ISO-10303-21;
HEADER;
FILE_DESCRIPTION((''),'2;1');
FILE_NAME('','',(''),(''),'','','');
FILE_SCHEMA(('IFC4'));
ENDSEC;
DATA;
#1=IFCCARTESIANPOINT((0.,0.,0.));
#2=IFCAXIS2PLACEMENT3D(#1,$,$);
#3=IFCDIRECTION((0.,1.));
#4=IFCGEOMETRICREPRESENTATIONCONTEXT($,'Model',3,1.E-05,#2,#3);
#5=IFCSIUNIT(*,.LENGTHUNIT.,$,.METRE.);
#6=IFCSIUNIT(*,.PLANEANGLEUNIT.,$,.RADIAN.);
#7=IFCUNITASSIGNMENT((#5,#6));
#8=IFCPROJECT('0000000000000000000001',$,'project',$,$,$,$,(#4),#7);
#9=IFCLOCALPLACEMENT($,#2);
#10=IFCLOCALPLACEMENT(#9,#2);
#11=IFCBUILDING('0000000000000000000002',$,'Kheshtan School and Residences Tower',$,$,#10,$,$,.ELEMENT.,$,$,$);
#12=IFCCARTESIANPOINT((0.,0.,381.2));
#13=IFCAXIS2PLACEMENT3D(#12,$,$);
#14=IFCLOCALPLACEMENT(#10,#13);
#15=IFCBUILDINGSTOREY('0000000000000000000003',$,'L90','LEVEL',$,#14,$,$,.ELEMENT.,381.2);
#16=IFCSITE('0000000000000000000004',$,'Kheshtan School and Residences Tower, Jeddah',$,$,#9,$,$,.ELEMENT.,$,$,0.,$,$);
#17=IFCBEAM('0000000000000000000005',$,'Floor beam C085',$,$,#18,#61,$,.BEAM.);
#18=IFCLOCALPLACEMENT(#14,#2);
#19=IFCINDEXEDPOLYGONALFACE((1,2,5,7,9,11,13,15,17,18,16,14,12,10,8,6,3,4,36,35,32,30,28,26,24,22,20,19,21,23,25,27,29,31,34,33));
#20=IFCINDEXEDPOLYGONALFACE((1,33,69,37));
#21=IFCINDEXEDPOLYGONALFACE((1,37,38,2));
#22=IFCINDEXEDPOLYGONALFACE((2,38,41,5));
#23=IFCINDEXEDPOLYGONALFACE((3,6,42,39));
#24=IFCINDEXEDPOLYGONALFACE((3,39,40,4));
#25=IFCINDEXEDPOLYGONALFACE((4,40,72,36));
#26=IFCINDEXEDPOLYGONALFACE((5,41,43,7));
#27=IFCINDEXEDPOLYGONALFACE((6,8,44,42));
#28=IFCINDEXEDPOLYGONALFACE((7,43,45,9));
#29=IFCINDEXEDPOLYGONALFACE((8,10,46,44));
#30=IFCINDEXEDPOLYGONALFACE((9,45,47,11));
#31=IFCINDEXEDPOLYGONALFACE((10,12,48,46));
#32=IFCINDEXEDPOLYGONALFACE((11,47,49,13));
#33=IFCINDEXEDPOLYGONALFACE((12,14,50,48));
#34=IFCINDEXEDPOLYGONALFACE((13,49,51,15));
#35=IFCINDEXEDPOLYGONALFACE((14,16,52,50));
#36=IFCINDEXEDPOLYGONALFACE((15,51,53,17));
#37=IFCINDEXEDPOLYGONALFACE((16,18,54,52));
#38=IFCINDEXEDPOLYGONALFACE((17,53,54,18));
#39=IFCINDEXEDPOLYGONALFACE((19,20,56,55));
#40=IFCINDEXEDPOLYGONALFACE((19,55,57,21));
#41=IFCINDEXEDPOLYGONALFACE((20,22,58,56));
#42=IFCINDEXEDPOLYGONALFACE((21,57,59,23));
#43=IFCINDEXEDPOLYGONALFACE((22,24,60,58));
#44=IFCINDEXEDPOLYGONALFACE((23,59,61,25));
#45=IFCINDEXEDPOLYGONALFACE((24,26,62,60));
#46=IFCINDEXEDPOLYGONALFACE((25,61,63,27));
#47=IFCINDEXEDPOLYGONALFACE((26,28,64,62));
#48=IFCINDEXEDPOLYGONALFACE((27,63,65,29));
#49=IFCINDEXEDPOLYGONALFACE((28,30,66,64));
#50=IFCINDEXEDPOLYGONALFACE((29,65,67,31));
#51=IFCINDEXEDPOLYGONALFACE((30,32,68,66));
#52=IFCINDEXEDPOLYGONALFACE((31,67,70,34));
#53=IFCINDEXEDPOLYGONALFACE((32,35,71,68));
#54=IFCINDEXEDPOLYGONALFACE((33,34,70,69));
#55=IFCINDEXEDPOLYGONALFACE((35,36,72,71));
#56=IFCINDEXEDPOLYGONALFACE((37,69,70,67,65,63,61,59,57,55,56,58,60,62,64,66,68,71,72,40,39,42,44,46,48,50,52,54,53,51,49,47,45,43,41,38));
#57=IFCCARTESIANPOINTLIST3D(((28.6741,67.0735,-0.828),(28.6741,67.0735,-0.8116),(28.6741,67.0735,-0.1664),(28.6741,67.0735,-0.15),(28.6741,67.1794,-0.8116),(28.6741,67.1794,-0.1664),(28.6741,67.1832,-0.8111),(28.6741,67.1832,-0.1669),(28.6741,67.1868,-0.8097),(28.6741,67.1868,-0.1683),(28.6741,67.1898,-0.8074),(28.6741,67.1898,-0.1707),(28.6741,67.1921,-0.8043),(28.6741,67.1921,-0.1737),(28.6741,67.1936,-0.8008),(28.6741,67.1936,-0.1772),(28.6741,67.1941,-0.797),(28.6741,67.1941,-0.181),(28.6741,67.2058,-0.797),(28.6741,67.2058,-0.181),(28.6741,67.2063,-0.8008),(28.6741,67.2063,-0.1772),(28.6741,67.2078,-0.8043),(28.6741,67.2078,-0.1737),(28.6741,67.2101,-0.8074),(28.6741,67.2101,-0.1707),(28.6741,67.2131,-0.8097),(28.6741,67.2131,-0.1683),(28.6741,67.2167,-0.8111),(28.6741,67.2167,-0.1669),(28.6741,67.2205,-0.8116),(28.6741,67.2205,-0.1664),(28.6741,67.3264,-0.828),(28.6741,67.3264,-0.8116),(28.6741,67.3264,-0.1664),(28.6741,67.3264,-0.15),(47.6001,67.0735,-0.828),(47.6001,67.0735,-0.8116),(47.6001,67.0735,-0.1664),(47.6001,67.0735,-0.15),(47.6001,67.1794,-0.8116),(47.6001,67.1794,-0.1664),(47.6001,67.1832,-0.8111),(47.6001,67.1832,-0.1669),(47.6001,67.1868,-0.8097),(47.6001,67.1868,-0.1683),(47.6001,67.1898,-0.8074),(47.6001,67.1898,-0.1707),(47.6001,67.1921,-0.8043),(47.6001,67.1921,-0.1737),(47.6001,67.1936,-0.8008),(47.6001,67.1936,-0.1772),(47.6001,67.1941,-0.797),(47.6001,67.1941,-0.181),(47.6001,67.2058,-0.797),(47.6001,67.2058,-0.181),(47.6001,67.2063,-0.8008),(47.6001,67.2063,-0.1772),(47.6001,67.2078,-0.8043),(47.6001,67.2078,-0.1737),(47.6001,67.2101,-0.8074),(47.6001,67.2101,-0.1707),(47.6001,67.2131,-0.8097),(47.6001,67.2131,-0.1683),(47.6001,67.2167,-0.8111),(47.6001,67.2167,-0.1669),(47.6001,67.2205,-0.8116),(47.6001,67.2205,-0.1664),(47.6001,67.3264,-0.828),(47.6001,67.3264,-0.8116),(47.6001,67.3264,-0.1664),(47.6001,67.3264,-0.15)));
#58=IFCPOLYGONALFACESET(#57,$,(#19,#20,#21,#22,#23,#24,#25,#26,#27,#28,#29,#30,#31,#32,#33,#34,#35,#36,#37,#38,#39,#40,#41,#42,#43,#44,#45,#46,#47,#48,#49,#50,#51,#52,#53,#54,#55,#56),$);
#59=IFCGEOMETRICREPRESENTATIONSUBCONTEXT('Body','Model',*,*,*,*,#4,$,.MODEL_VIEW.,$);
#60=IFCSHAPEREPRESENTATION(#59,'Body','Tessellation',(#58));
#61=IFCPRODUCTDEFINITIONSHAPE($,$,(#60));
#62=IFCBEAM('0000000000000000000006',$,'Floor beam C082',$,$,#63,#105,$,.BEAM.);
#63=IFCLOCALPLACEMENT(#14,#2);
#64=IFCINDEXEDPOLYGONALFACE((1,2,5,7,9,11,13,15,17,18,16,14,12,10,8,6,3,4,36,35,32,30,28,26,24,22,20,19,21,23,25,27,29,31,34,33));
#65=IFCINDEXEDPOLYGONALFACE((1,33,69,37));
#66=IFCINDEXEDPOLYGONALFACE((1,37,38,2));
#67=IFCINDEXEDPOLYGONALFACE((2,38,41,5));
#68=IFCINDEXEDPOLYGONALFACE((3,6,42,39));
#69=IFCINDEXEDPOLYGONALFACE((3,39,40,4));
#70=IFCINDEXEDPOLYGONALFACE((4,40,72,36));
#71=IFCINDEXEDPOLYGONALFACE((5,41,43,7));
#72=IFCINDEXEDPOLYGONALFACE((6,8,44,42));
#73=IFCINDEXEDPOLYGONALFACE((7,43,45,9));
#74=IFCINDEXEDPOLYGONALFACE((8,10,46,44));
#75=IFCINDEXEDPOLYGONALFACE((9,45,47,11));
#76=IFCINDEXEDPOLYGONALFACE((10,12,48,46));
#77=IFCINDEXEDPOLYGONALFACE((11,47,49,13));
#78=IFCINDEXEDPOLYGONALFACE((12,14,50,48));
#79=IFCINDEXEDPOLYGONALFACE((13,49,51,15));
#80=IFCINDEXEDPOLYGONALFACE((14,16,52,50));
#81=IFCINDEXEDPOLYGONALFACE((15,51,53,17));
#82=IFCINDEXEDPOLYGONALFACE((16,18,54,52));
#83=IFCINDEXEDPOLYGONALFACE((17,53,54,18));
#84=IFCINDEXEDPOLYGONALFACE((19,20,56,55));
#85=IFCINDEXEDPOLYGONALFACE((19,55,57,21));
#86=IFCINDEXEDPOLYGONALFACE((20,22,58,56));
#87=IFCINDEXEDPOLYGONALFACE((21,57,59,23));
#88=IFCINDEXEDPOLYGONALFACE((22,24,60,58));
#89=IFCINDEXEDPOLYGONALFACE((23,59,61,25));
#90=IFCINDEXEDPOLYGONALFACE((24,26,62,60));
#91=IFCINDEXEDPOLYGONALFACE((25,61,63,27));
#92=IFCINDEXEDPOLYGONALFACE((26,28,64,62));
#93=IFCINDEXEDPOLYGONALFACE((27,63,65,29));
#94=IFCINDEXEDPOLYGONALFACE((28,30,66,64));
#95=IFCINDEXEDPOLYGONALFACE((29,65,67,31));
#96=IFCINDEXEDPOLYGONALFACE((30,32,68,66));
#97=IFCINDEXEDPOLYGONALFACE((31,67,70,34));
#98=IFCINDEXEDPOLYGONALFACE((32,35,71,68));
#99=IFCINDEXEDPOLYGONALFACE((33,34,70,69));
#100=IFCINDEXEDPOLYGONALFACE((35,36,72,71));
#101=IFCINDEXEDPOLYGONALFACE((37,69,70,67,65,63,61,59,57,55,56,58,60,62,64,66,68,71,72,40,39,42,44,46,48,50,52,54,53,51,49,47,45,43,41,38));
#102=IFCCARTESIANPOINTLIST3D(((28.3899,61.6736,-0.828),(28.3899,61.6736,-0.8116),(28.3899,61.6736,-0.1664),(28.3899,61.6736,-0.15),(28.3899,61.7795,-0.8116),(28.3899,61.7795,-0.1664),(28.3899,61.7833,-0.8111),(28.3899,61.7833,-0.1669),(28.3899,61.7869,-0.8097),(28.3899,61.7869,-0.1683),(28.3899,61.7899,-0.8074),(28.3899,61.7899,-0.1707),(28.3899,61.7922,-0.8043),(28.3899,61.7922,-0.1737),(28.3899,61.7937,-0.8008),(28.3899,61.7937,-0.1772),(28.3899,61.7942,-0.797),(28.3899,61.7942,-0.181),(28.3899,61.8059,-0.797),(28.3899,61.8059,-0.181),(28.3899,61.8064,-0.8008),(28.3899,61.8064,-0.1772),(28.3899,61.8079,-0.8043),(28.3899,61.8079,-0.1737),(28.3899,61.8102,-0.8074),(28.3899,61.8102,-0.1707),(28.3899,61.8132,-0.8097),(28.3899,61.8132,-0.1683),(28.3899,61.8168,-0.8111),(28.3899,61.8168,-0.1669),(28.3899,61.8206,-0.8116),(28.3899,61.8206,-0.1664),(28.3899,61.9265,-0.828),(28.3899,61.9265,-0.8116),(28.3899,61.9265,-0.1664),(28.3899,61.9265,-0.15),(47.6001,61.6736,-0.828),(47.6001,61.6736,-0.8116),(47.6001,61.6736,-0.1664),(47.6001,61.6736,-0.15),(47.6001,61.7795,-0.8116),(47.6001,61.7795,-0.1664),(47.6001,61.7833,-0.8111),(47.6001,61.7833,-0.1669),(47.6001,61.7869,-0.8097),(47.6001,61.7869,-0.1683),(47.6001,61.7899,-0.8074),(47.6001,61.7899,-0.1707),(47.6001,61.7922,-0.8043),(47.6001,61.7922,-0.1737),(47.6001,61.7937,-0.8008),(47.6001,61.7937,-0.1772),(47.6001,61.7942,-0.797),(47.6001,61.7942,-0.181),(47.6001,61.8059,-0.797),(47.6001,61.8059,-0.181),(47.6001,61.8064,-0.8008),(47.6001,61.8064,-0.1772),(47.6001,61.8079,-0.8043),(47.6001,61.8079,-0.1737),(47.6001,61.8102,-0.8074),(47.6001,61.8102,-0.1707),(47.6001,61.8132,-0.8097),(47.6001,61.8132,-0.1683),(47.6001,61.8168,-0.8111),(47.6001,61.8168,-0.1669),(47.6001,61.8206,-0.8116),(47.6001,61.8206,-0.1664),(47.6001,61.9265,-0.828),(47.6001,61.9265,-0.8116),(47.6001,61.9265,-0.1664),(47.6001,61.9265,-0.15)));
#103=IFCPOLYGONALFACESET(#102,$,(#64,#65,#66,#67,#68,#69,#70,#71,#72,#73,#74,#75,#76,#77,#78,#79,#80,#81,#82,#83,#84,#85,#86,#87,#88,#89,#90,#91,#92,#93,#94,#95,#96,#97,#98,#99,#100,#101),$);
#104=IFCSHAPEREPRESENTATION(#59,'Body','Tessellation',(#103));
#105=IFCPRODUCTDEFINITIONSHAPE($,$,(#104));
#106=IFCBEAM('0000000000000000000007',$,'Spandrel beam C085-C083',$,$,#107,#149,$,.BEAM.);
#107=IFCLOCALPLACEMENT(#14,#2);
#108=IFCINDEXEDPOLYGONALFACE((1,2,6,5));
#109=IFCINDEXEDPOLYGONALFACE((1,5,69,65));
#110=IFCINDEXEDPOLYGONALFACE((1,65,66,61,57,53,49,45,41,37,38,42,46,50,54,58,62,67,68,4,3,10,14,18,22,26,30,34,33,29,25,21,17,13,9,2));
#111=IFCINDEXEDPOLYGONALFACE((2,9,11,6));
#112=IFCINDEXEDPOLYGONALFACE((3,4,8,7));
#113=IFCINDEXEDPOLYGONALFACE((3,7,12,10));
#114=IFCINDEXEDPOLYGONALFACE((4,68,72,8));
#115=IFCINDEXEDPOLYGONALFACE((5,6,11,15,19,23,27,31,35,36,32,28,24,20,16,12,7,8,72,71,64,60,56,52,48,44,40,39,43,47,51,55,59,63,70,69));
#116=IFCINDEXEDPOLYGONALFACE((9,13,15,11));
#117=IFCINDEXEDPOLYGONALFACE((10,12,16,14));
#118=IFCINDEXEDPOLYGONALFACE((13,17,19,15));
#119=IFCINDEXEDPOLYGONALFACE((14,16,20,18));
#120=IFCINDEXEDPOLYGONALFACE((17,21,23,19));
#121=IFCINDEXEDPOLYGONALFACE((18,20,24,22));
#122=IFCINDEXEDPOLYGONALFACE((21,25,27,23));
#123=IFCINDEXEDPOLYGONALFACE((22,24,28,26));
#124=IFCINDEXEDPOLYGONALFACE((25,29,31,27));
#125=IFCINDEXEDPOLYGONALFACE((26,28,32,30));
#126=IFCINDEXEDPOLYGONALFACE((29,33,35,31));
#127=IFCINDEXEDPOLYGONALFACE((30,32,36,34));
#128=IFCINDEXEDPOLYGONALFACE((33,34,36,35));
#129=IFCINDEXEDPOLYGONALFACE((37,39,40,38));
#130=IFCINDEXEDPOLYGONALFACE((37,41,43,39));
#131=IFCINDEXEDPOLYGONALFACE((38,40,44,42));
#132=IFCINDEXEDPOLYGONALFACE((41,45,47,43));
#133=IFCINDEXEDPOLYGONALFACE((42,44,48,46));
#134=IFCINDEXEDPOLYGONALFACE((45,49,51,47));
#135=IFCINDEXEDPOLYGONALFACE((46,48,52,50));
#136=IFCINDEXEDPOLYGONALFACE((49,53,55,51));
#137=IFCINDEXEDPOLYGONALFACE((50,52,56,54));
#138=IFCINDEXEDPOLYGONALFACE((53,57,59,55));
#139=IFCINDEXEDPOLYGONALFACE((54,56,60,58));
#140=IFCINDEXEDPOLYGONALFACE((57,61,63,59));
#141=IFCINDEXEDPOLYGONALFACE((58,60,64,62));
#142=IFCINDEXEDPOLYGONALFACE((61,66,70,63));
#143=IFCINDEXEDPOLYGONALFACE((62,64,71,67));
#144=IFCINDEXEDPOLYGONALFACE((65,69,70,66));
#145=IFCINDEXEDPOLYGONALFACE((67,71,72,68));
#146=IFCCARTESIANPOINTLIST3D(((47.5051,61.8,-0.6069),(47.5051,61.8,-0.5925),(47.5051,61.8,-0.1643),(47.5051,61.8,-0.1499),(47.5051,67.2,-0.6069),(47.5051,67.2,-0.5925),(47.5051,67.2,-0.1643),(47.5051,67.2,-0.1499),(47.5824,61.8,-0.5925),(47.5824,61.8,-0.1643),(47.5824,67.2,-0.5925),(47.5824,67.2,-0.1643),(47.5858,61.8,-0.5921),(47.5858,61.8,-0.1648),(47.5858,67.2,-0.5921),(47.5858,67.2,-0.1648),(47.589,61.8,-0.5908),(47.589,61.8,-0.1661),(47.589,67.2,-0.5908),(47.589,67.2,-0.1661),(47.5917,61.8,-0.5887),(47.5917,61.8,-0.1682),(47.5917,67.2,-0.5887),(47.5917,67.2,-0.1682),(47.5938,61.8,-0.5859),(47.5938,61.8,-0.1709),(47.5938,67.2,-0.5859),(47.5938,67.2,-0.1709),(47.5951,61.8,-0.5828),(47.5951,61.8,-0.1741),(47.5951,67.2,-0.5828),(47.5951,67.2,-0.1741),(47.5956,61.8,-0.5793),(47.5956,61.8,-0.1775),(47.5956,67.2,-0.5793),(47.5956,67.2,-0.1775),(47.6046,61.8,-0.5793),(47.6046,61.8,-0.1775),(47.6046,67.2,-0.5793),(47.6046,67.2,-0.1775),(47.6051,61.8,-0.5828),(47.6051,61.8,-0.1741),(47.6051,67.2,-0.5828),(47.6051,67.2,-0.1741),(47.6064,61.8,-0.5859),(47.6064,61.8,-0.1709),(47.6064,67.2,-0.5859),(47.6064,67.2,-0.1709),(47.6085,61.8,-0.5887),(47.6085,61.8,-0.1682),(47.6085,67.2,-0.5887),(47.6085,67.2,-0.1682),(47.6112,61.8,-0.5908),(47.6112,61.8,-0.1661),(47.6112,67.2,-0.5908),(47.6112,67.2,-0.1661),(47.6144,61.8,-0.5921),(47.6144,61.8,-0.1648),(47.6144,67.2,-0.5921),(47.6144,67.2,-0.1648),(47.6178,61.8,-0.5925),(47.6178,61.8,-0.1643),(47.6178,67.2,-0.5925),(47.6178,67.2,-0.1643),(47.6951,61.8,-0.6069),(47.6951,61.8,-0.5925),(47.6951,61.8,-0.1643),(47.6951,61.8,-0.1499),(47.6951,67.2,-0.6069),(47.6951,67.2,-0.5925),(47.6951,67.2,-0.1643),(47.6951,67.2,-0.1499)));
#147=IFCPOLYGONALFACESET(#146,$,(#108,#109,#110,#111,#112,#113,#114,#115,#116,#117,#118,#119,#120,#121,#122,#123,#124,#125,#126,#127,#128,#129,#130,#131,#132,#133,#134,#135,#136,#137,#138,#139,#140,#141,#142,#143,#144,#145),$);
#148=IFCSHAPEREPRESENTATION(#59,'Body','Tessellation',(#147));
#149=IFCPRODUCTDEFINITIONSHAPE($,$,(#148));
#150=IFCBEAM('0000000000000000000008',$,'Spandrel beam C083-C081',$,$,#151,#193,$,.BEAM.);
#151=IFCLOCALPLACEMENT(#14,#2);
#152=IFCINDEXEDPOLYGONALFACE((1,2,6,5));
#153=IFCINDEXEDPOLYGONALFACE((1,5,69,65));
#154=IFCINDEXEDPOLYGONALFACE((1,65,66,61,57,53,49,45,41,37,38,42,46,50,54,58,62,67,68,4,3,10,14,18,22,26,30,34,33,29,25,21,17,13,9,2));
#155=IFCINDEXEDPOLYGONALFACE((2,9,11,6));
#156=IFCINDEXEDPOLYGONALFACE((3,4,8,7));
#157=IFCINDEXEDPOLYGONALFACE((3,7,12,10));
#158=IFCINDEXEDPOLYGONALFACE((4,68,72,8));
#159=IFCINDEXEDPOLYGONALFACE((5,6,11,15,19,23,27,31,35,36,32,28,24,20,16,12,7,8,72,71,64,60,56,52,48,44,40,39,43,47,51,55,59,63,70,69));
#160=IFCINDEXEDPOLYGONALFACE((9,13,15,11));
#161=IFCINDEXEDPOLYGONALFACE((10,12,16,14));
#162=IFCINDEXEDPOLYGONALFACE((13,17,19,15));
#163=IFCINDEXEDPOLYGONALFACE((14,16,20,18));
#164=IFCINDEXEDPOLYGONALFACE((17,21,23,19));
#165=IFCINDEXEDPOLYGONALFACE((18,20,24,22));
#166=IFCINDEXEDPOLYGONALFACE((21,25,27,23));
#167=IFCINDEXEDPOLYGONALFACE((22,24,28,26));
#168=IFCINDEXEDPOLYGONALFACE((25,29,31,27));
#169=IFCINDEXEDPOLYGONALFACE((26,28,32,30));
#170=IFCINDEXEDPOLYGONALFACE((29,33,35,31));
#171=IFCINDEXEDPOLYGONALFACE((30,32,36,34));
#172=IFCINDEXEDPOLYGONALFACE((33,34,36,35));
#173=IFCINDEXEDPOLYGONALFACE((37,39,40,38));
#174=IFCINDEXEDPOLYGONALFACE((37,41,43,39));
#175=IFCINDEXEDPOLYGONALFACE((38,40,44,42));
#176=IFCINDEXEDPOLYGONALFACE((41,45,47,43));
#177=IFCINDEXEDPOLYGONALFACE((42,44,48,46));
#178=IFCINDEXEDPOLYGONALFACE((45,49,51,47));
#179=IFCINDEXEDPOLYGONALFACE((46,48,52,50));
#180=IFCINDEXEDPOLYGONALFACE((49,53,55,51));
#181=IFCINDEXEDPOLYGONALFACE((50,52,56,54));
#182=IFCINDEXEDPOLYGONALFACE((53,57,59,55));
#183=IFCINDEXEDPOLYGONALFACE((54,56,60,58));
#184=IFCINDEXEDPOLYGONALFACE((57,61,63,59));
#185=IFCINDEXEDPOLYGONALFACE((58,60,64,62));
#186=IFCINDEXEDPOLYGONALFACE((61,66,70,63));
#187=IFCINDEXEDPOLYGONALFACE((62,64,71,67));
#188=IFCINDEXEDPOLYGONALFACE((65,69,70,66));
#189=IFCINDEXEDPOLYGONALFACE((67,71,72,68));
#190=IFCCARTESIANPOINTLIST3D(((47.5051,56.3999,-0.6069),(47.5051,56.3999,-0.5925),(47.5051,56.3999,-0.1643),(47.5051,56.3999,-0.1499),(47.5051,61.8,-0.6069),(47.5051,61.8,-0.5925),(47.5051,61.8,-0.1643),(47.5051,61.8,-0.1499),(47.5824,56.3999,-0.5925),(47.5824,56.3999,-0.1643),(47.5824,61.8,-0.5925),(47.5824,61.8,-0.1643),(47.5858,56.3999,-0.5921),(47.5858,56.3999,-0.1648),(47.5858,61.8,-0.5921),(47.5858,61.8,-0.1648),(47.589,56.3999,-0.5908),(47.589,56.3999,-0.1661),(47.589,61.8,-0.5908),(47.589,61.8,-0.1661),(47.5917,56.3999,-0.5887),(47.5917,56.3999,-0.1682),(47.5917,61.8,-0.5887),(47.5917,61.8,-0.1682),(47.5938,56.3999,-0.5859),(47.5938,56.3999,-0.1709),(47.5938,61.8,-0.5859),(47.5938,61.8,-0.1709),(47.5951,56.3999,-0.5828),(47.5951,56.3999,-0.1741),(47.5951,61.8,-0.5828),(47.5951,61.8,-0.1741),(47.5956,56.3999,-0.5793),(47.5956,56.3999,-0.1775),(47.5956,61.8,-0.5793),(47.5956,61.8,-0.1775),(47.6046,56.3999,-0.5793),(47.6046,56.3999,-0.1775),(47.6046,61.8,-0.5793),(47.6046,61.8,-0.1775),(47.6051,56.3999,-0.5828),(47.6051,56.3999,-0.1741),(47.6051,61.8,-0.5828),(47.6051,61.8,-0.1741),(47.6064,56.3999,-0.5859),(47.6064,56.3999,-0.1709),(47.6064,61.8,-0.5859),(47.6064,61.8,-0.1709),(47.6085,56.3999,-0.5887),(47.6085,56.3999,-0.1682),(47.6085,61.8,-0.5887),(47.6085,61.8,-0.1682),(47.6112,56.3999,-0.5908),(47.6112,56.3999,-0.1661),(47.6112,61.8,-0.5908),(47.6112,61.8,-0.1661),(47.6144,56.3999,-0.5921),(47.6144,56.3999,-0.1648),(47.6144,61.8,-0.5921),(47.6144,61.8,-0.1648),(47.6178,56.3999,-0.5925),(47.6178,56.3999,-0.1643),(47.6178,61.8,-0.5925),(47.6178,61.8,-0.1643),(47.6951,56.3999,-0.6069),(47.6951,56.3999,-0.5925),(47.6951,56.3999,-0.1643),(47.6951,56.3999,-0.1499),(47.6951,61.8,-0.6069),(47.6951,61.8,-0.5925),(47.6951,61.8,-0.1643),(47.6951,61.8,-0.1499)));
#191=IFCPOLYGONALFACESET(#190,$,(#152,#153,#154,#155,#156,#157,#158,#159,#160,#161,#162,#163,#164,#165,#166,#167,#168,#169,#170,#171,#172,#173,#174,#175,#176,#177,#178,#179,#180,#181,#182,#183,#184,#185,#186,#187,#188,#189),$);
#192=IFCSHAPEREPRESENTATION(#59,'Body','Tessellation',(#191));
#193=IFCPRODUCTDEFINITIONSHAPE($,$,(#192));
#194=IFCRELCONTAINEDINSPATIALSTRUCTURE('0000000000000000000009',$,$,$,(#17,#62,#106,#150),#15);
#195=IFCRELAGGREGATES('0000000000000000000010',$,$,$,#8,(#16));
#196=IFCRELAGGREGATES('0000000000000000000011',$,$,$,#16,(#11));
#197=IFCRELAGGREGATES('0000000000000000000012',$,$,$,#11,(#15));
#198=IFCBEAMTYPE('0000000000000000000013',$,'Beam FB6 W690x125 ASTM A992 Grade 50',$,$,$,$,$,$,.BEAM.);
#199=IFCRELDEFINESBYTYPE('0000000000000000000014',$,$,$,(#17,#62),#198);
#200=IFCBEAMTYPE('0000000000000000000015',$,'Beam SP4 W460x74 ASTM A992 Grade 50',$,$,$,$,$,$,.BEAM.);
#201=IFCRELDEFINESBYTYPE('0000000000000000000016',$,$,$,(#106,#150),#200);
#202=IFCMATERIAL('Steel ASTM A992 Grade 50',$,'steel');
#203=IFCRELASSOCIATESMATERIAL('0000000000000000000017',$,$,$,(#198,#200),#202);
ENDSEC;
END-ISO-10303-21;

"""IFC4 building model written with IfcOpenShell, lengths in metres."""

from ifc_helpers import new_model, si_unit, direction, frame, origin, origin_2d, place, context, subcontext, project, spatial, i_section, extrude, material, material_profile, profile_set, type_object, element, save


model = new_model("IFC4")

# Units and contexts
model_context = context("Model", 3, precision=1e-05, world=origin(), true_north=direction((0.0, 1.0)))
body_context = subcontext(model_context, "Body", "Model", "MODEL_VIEW")
ifc_project = project(units=[si_unit("LENGTHUNIT", "METRE"), si_unit("PLANEANGLEUNIT", "RADIAN")], contexts=[model_context])

# Site, building, storey
site_placement = place(None, origin())
site = spatial("IfcSite", under=ifc_project, at=site_placement, Name="Kheshtan School and Residences Tower, Jeddah", CompositionType="ELEMENT", RefElevation=0.0)
building_placement = place(site_placement, origin())
building = spatial("IfcBuilding", under=site, at=building_placement, Name="Kheshtan School and Residences Tower", CompositionType="ELEMENT")
storey_placement = place(building_placement, frame((0.0, 0.0, 381.2)))
storey = spatial("IfcBuildingStorey", under=building, at=storey_placement, Name="L90", Description="LEVEL", CompositionType="ELEMENT", Elevation=381.2)

# Shared definitions
ifc_material_1 = material(Name="Steel ASTM A992 Grade 50", Category="steel")

# Beams
ifc_material_profile_1 = material_profile(ifc_material_1, i_section(OverallWidth=0.2529, OverallDepth=0.678, WebThickness=0.0117, FlangeThickness=0.0164, FilletRadius=0.0146, at=origin_2d()), Name="W690x125")
ifc_profile_set_1 = profile_set([ifc_material_profile_1], Name="Steel ASTM A992 Grade 50")
beam_type_1 = type_object("IfcBeamType", Name="Beam FB6 W690x125 ASTM A992 Grade 50", PredefinedType="BEAM", material=ifc_profile_set_1)
beam_1_placement = place(storey_placement, frame((47.6001, 67.2, -0.489), z_axis=(-1.0, 0.0, 0.0), x_axis=(0.0, -1.0, 0.0)))
element("IfcBeam", 1, at=beam_1_placement, inside=storey, type_object=beam_type_1, Name="Floor beam C085", PredefinedType="BEAM", context=body_context, shape_type="SweptSolid", body=[
    extrude(i_section(OverallWidth=0.2529, OverallDepth=0.678, WebThickness=0.0117, FlangeThickness=0.0164, FilletRadius=0.0146, at=origin_2d()), origin(), (0.0, 0.0, 1.0), 18.926),
])
beam_2_placement = place(storey_placement, frame((28.3899, 61.8, -0.489), z_axis=(1.0, 0.0, 0.0), x_axis=(0.0, 1.0, 0.0)))
element("IfcBeam", 2, at=beam_2_placement, inside=storey, type_object=beam_type_1, Name="Floor beam C082", PredefinedType="BEAM", context=body_context, shape_type="SweptSolid", body=[
    extrude(i_section(OverallWidth=0.2529, OverallDepth=0.678, WebThickness=0.0117, FlangeThickness=0.0164, FilletRadius=0.0146, at=origin_2d()), origin(), (0.0, 0.0, 1.0), 19.2102),
])
ifc_material_profile_2 = material_profile(ifc_material_1, i_section(OverallWidth=0.1899, OverallDepth=0.457, WebThickness=0.009, FlangeThickness=0.0144, FilletRadius=0.0132, at=origin_2d()), Name="W460x74")
ifc_profile_set_2 = profile_set([ifc_material_profile_2], Name="Steel ASTM A992 Grade 50")
beam_type_2 = type_object("IfcBeamType", Name="Beam SP4 W460x74 ASTM A992 Grade 50", PredefinedType="BEAM", material=ifc_profile_set_2)
beam_3_placement = place(storey_placement, frame((47.6001, 67.2, -0.3784), z_axis=(0.0, -1.0, 0.0), x_axis=(1.0, 0.0, 0.0)))
element("IfcBeam", 3, at=beam_3_placement, inside=storey, type_object=beam_type_2, Name="Spandrel beam C085-C083", PredefinedType="BEAM", context=body_context, shape_type="SweptSolid", body=[
    extrude(i_section(OverallWidth=0.1899, OverallDepth=0.457, WebThickness=0.009, FlangeThickness=0.0144, FilletRadius=0.0132, at=origin_2d()), origin(), (0.0, 0.0, 1.0), 5.3999),
])
beam_4_placement = place(storey_placement, frame((47.6001, 61.8, -0.3784), z_axis=(0.0, -1.0, 0.0), x_axis=(1.0, 0.0, 0.0)))
element("IfcBeam", 4, at=beam_4_placement, inside=storey, type_object=beam_type_2, Name="Spandrel beam C083-C081", PredefinedType="BEAM", context=body_context, shape_type="SweptSolid", body=[
    extrude(i_section(OverallWidth=0.1899, OverallDepth=0.457, WebThickness=0.009, FlangeThickness=0.0144, FilletRadius=0.0132, at=origin_2d()), origin(), (0.0, 0.0, 1.0), 5.4001),
])

save(model, "model.ifc")
